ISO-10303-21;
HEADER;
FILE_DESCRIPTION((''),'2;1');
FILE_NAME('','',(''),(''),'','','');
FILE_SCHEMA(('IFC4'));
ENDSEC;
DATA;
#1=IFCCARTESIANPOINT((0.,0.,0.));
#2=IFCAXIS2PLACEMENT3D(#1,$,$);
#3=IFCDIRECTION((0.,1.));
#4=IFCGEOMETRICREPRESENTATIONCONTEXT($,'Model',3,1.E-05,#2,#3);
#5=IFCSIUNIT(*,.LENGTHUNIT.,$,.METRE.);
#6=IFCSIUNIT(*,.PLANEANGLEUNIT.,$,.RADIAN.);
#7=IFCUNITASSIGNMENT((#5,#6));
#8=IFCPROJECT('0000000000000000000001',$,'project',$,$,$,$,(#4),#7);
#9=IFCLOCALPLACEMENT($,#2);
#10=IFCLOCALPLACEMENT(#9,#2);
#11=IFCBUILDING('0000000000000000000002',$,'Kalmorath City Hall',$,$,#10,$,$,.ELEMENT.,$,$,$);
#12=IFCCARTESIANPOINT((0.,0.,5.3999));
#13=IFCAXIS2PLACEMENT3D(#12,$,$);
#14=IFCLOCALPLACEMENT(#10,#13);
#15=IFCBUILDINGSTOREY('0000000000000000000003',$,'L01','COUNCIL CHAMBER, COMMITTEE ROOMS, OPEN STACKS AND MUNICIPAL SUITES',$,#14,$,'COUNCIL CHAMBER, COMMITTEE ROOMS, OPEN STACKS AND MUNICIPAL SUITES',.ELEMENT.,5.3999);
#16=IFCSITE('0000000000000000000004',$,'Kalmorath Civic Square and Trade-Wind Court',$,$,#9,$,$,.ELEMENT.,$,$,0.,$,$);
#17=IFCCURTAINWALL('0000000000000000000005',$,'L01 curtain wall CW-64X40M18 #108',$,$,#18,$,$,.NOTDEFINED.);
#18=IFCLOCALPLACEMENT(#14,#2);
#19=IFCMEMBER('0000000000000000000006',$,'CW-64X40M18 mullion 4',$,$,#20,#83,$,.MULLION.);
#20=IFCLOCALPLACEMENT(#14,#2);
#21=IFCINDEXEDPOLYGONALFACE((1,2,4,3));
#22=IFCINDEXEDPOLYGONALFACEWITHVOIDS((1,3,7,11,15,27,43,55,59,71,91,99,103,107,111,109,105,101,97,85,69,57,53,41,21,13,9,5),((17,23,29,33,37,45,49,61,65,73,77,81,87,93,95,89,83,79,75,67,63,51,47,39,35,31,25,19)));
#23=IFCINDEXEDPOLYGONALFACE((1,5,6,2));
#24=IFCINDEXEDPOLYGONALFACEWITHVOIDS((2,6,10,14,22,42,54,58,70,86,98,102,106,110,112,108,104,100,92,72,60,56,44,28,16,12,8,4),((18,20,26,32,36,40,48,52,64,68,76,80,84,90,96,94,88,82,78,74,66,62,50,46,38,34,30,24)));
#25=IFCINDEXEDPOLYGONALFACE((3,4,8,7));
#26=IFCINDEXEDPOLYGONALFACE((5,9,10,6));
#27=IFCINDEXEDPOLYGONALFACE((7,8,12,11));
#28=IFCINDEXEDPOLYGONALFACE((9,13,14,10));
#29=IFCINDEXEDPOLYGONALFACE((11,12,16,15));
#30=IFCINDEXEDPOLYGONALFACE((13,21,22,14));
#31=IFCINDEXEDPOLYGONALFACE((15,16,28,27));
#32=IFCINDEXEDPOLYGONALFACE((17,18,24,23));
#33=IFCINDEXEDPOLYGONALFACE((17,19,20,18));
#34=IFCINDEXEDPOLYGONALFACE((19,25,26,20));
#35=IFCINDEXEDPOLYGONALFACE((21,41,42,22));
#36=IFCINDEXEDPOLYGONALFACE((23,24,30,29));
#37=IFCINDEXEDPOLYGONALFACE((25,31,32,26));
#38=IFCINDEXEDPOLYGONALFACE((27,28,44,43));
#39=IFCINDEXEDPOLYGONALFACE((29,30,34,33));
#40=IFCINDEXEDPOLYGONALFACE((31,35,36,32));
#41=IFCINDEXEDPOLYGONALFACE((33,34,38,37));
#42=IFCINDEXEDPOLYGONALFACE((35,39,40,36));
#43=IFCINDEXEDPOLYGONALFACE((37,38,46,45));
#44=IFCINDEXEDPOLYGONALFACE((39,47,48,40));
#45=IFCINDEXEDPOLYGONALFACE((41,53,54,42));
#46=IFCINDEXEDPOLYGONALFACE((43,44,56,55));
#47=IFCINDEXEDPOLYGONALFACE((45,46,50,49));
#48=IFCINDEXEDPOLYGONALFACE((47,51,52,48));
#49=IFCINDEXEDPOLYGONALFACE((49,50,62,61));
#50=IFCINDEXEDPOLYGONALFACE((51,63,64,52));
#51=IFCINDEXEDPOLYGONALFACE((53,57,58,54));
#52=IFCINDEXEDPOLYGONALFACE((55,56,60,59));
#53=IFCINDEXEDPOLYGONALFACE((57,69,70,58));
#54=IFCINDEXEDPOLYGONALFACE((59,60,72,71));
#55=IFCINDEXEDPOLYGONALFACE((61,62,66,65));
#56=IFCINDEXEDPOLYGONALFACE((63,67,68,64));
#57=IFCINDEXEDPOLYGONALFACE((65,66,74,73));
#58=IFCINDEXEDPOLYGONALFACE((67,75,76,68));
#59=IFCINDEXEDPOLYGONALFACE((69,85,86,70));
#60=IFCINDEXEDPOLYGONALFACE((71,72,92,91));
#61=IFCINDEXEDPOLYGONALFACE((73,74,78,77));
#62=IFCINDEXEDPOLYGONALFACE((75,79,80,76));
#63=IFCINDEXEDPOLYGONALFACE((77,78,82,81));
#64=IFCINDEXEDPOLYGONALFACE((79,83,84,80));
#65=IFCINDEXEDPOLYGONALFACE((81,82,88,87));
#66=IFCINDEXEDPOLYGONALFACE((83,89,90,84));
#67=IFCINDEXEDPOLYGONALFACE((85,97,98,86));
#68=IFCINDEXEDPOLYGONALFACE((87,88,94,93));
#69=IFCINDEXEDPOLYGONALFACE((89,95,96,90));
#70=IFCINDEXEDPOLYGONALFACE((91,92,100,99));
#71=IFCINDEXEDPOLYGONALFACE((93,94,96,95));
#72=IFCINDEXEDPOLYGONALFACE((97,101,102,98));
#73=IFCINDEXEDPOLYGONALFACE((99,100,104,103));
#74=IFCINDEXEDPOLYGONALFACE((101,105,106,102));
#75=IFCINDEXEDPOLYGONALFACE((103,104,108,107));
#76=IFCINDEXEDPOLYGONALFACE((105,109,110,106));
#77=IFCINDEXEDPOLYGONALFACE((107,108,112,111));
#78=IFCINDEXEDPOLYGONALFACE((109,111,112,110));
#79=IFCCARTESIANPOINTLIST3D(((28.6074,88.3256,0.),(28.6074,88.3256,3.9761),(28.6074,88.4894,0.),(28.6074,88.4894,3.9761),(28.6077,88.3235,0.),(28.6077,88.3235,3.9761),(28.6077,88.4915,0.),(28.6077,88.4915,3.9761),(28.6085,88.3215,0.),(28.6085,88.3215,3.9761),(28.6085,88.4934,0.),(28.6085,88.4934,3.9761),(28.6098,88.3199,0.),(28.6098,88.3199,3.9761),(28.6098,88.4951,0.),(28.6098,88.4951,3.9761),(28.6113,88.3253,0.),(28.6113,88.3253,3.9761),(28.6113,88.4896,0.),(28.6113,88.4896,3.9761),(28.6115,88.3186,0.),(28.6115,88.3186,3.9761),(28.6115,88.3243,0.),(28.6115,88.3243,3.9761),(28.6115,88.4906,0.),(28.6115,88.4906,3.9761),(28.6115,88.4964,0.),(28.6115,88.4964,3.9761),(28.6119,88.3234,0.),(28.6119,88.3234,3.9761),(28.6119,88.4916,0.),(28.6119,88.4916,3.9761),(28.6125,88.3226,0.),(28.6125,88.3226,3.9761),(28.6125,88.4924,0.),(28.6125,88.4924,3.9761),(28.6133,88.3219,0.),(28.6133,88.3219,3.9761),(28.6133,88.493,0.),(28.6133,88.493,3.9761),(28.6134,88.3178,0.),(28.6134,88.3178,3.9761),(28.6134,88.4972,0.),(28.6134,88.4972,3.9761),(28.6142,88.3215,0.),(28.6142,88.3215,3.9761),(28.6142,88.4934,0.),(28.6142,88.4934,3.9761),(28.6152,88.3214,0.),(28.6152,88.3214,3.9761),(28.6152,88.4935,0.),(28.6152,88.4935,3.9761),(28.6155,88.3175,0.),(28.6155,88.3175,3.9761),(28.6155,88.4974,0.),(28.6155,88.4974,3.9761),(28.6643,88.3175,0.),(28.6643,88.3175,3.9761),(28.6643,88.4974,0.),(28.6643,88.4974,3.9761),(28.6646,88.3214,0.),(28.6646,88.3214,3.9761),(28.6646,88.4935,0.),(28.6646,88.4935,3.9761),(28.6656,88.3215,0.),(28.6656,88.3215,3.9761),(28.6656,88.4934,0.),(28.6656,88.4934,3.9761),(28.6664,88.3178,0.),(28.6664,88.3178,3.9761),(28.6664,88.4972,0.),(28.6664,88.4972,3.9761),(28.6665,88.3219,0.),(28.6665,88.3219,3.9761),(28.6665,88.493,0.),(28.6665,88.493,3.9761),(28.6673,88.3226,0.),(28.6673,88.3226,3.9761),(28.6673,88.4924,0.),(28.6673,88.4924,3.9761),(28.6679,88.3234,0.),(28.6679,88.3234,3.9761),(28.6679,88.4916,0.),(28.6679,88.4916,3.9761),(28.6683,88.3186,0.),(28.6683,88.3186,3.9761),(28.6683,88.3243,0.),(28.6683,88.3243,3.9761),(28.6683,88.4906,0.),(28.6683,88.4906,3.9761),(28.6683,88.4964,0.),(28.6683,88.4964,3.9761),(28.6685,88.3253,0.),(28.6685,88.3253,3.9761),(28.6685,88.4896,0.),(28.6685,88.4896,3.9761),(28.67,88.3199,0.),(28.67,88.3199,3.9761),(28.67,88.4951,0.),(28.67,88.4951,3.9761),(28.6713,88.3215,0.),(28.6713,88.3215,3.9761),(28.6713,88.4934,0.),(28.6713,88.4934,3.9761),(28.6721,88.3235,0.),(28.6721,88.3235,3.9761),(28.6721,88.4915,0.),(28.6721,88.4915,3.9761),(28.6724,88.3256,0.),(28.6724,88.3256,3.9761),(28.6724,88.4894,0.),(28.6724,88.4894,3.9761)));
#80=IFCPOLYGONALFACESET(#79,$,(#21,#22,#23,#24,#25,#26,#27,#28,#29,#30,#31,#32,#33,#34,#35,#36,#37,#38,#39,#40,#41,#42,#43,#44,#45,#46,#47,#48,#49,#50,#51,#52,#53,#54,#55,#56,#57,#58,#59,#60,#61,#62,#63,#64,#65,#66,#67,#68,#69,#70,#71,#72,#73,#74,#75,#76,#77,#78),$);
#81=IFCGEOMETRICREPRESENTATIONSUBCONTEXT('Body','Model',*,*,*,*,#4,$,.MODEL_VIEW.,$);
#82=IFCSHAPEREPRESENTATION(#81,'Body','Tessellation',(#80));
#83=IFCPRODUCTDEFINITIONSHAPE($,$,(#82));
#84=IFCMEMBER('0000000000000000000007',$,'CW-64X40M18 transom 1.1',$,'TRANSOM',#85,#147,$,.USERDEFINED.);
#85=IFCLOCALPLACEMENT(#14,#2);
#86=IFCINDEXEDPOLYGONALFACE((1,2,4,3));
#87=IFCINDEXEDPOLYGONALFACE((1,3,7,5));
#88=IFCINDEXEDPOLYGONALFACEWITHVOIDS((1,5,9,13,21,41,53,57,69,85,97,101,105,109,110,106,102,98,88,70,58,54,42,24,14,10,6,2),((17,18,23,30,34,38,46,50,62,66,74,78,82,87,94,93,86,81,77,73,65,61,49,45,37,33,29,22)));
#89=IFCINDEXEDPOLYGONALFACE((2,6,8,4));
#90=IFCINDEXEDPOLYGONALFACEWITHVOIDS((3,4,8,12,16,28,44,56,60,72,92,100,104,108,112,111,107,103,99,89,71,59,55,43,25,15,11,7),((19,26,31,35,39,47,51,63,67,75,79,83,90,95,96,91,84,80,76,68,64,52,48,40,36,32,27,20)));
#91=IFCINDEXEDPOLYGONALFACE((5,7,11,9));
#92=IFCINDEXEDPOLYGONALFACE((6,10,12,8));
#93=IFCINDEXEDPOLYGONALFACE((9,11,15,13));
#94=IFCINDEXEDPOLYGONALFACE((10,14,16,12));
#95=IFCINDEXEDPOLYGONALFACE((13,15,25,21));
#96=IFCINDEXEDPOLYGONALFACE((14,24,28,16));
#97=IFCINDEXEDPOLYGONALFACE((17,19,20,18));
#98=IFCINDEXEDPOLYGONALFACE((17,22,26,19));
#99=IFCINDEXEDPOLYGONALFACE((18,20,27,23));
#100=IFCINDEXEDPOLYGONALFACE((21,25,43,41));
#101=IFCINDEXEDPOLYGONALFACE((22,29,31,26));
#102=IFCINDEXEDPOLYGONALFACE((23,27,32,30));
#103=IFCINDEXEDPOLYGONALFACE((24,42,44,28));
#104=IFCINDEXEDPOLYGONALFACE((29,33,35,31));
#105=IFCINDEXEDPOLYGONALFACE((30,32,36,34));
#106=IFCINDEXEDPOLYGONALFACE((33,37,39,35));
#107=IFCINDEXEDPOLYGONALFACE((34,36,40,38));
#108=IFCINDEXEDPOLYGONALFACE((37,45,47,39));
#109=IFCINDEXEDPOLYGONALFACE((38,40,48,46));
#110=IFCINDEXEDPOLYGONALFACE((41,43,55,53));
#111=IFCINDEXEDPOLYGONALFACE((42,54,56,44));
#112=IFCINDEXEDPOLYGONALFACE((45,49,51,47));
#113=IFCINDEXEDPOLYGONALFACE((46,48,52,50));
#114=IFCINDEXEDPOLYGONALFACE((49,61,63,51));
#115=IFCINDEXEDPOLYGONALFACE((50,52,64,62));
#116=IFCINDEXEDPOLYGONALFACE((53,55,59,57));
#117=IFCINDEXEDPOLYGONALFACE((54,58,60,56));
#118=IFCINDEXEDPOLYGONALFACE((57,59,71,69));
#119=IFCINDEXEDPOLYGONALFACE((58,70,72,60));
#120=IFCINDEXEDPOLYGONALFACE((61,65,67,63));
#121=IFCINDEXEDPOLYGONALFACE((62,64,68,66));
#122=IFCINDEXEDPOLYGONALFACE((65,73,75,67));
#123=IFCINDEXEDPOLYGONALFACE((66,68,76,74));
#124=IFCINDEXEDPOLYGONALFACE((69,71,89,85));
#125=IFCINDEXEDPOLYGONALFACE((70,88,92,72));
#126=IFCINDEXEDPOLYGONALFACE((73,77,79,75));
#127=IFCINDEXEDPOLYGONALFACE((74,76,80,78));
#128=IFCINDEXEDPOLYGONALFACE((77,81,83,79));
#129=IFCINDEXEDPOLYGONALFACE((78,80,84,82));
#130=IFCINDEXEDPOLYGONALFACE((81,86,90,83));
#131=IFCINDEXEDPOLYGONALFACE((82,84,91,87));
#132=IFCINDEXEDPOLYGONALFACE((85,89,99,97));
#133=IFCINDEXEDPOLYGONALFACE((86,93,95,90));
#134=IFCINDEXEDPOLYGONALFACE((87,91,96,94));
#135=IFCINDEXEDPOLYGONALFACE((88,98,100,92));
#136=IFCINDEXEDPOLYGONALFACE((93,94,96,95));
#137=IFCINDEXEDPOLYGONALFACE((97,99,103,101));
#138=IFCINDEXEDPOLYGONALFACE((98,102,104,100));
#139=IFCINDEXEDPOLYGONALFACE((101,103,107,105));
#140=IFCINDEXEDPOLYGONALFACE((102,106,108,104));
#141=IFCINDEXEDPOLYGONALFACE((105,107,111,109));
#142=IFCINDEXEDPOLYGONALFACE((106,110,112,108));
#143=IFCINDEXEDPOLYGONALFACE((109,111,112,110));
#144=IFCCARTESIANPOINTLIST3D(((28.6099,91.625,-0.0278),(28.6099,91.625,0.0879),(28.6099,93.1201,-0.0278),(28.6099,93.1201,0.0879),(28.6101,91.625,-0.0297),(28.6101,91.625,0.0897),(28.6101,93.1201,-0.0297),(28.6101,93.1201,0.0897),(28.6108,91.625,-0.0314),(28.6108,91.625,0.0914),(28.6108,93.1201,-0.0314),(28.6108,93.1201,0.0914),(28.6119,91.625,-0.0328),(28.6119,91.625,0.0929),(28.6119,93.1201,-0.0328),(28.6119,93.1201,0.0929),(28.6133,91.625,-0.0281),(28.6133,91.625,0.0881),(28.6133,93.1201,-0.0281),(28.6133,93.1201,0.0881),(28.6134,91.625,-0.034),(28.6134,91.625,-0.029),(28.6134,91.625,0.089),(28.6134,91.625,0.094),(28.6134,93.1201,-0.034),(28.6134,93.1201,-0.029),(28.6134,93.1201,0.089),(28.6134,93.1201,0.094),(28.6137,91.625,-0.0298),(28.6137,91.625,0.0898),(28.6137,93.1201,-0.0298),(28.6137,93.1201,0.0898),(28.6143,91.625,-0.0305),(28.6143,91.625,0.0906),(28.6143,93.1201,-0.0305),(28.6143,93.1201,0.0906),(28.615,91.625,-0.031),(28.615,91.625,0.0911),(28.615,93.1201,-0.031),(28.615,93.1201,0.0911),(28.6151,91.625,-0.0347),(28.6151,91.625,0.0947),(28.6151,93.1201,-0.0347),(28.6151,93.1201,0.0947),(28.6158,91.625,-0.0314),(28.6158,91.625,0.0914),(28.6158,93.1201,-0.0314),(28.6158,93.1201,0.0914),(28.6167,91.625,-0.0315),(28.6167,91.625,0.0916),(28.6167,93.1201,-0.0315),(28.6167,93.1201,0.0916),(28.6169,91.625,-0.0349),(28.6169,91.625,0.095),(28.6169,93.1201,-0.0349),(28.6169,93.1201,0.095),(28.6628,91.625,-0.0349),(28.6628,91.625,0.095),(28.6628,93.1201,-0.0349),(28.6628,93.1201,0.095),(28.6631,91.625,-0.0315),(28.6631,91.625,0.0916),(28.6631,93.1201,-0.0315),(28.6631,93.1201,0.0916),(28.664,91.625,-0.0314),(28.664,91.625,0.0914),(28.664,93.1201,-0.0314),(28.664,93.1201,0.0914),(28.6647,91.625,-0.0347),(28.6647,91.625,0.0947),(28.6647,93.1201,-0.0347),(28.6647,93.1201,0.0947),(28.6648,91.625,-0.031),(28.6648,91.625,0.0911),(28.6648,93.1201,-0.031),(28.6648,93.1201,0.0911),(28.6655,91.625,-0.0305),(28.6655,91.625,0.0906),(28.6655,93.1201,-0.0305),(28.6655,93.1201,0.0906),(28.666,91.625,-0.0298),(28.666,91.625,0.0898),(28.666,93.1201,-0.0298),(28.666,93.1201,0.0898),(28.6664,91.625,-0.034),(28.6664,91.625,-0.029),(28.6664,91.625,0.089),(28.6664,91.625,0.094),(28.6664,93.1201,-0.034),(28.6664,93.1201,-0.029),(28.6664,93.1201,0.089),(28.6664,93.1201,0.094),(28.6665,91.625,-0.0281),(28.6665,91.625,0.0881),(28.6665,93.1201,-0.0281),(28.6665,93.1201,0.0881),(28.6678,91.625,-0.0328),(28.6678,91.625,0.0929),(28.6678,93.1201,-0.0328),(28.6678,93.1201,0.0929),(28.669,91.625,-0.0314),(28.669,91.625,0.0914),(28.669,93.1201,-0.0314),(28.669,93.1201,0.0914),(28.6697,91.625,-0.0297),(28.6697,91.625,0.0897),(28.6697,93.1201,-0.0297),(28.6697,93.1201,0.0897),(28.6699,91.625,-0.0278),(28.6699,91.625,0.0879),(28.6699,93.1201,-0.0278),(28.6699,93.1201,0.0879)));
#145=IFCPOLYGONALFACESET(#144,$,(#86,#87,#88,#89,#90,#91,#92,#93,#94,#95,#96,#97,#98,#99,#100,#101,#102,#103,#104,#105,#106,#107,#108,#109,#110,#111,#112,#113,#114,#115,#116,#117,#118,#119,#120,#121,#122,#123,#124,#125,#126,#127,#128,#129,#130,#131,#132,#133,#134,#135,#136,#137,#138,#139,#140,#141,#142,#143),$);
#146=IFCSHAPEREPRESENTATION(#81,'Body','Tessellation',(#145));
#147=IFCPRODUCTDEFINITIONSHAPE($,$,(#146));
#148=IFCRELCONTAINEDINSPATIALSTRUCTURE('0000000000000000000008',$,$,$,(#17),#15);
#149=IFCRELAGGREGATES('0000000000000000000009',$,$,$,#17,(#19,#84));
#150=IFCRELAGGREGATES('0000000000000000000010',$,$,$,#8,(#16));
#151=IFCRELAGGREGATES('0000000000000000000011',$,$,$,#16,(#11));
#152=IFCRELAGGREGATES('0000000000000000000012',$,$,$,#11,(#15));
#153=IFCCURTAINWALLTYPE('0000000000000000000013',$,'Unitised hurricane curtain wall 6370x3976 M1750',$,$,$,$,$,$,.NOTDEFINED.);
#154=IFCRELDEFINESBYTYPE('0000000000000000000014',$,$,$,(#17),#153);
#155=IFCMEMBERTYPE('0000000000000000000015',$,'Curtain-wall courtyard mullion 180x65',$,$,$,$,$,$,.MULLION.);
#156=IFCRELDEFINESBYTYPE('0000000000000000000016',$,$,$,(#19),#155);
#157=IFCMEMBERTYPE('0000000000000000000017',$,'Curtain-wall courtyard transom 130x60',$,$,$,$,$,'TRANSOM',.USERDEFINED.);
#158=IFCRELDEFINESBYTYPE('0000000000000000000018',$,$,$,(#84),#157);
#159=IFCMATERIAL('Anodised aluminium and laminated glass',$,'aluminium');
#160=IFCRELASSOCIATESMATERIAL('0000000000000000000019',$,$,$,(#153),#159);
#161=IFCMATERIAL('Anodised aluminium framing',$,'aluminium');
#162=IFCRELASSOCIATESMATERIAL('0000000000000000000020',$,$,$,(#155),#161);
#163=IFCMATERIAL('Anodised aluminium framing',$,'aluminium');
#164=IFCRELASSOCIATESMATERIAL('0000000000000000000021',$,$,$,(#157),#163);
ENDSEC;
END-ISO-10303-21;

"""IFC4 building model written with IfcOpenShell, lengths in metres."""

from ifc_helpers import new_model, si_unit, direction, frame, origin, origin_2d, place, context, subcontext, project, spatial, hollow_rectangle, extrude, material, material_profile, profile_set, type_object, element, aggregate, save


model = new_model("IFC4")

# Units and contexts
model_context = context("Model", 3, precision=1e-05, world=origin(), true_north=direction((0.0, 1.0)))
body_context = subcontext(model_context, "Body", "Model", "MODEL_VIEW")
ifc_project = project(units=[si_unit("LENGTHUNIT", "METRE"), si_unit("PLANEANGLEUNIT", "RADIAN")], contexts=[model_context])

# Site, building, storey
site_placement = place(None, origin())
site = spatial("IfcSite", under=ifc_project, at=site_placement, Name="Kalmorath Civic Square and Trade-Wind Court", CompositionType="ELEMENT", RefElevation=0.0)
building_placement = place(site_placement, origin())
building = spatial("IfcBuilding", under=site, at=building_placement, Name="Kalmorath City Hall", CompositionType="ELEMENT")
storey_placement = place(building_placement, frame((0.0, 0.0, 5.3999)))
storey = spatial("IfcBuildingStorey", under=building, at=storey_placement, Name="L01", Description="COUNCIL CHAMBER, COMMITTEE ROOMS, OPEN STACKS AND MUNICIPAL SUITES", LongName="COUNCIL CHAMBER, COMMITTEE ROOMS, OPEN STACKS AND MUNICIPAL SUITES", CompositionType="ELEMENT", Elevation=5.3999)

# Curtain wall, members
ifc_material_1 = material(Name="Anodised aluminium and laminated glass", Category="aluminium")
curtain_wall_type = type_object("IfcCurtainWallType", Name="Unitised hurricane curtain wall 6370x3976 M1750", PredefinedType="NOTDEFINED", material=ifc_material_1)
curtain_wall_placement = place(storey_placement, origin())
curtain_wall = element("IfcCurtainWall", 1, at=curtain_wall_placement, inside=storey, type_object=curtain_wall_type, Name="L01 curtain wall CW-64X40M18 #108", PredefinedType="NOTDEFINED")
ifc_material_2 = material(Name="Anodised aluminium framing", Category="aluminium")
ifc_material_profile_1 = material_profile(ifc_material_2, hollow_rectangle(XDim=0.0649, YDim=0.1799, WallThickness=0.0039, InnerFilletRadius=0.0039, OuterFilletRadius=0.0081, at=origin_2d()), Name="ALU-MUL-180X65X4")
ifc_profile_set_1 = profile_set([ifc_material_profile_1], Name="Anodised aluminium framing")
member_type_1 = type_object("IfcMemberType", Name="Curtain-wall courtyard mullion 180x65", PredefinedType="MULLION", material=ifc_profile_set_1)
member_1_placement = place(storey_placement, frame((28.6399, 88.4075, 0.0), z_axis=(0.0, 0.0, 1.0), x_axis=(1.0, 0.0, 0.0)))
member_1 = element("IfcMember", 2, at=member_1_placement, type_object=member_type_1, Name="CW-64X40M18 mullion 4", PredefinedType="MULLION", context=body_context, shape_type="SweptSolid", body=[
    extrude(hollow_rectangle(XDim=0.0649, YDim=0.1799, WallThickness=0.0039, InnerFilletRadius=0.0039, OuterFilletRadius=0.0081, at=origin_2d()), origin(), (0.0, 0.0, 1.0), 3.9761),
])
ifc_material_3 = material(Name="Anodised aluminium framing", Category="aluminium")
ifc_material_profile_2 = material_profile(ifc_material_3, hollow_rectangle(XDim=0.0601, YDim=0.1299, WallThickness=0.0034, InnerFilletRadius=0.0034, OuterFilletRadius=0.0071, at=origin_2d()), Name="ALU-TRN-130X60X3.5")
ifc_profile_set_2 = profile_set([ifc_material_profile_2], Name="Anodised aluminium framing")
member_type_2 = type_object("IfcMemberType", Name="Curtain-wall courtyard transom 130x60", ElementType="TRANSOM", PredefinedType="USERDEFINED", material=ifc_profile_set_2)
member_2_placement = place(storey_placement, frame((28.6399, 93.1201, 0.03), z_axis=(0.0, -1.0, 0.0), x_axis=(1.0, 0.0, 0.0)))
member_2 = element("IfcMember", 3, at=member_2_placement, type_object=member_type_2, Name="CW-64X40M18 transom 1.1", ObjectType="TRANSOM", PredefinedType="USERDEFINED", context=body_context, shape_type="SweptSolid", body=[
    extrude(hollow_rectangle(XDim=0.0601, YDim=0.1299, WallThickness=0.0034, InnerFilletRadius=0.0034, OuterFilletRadius=0.0071, at=origin_2d()), origin(), (0.0, 0.0, 1.0), 1.4951),
])
aggregate(curtain_wall, [member_1, member_2])

save(model, "model.ifc")
